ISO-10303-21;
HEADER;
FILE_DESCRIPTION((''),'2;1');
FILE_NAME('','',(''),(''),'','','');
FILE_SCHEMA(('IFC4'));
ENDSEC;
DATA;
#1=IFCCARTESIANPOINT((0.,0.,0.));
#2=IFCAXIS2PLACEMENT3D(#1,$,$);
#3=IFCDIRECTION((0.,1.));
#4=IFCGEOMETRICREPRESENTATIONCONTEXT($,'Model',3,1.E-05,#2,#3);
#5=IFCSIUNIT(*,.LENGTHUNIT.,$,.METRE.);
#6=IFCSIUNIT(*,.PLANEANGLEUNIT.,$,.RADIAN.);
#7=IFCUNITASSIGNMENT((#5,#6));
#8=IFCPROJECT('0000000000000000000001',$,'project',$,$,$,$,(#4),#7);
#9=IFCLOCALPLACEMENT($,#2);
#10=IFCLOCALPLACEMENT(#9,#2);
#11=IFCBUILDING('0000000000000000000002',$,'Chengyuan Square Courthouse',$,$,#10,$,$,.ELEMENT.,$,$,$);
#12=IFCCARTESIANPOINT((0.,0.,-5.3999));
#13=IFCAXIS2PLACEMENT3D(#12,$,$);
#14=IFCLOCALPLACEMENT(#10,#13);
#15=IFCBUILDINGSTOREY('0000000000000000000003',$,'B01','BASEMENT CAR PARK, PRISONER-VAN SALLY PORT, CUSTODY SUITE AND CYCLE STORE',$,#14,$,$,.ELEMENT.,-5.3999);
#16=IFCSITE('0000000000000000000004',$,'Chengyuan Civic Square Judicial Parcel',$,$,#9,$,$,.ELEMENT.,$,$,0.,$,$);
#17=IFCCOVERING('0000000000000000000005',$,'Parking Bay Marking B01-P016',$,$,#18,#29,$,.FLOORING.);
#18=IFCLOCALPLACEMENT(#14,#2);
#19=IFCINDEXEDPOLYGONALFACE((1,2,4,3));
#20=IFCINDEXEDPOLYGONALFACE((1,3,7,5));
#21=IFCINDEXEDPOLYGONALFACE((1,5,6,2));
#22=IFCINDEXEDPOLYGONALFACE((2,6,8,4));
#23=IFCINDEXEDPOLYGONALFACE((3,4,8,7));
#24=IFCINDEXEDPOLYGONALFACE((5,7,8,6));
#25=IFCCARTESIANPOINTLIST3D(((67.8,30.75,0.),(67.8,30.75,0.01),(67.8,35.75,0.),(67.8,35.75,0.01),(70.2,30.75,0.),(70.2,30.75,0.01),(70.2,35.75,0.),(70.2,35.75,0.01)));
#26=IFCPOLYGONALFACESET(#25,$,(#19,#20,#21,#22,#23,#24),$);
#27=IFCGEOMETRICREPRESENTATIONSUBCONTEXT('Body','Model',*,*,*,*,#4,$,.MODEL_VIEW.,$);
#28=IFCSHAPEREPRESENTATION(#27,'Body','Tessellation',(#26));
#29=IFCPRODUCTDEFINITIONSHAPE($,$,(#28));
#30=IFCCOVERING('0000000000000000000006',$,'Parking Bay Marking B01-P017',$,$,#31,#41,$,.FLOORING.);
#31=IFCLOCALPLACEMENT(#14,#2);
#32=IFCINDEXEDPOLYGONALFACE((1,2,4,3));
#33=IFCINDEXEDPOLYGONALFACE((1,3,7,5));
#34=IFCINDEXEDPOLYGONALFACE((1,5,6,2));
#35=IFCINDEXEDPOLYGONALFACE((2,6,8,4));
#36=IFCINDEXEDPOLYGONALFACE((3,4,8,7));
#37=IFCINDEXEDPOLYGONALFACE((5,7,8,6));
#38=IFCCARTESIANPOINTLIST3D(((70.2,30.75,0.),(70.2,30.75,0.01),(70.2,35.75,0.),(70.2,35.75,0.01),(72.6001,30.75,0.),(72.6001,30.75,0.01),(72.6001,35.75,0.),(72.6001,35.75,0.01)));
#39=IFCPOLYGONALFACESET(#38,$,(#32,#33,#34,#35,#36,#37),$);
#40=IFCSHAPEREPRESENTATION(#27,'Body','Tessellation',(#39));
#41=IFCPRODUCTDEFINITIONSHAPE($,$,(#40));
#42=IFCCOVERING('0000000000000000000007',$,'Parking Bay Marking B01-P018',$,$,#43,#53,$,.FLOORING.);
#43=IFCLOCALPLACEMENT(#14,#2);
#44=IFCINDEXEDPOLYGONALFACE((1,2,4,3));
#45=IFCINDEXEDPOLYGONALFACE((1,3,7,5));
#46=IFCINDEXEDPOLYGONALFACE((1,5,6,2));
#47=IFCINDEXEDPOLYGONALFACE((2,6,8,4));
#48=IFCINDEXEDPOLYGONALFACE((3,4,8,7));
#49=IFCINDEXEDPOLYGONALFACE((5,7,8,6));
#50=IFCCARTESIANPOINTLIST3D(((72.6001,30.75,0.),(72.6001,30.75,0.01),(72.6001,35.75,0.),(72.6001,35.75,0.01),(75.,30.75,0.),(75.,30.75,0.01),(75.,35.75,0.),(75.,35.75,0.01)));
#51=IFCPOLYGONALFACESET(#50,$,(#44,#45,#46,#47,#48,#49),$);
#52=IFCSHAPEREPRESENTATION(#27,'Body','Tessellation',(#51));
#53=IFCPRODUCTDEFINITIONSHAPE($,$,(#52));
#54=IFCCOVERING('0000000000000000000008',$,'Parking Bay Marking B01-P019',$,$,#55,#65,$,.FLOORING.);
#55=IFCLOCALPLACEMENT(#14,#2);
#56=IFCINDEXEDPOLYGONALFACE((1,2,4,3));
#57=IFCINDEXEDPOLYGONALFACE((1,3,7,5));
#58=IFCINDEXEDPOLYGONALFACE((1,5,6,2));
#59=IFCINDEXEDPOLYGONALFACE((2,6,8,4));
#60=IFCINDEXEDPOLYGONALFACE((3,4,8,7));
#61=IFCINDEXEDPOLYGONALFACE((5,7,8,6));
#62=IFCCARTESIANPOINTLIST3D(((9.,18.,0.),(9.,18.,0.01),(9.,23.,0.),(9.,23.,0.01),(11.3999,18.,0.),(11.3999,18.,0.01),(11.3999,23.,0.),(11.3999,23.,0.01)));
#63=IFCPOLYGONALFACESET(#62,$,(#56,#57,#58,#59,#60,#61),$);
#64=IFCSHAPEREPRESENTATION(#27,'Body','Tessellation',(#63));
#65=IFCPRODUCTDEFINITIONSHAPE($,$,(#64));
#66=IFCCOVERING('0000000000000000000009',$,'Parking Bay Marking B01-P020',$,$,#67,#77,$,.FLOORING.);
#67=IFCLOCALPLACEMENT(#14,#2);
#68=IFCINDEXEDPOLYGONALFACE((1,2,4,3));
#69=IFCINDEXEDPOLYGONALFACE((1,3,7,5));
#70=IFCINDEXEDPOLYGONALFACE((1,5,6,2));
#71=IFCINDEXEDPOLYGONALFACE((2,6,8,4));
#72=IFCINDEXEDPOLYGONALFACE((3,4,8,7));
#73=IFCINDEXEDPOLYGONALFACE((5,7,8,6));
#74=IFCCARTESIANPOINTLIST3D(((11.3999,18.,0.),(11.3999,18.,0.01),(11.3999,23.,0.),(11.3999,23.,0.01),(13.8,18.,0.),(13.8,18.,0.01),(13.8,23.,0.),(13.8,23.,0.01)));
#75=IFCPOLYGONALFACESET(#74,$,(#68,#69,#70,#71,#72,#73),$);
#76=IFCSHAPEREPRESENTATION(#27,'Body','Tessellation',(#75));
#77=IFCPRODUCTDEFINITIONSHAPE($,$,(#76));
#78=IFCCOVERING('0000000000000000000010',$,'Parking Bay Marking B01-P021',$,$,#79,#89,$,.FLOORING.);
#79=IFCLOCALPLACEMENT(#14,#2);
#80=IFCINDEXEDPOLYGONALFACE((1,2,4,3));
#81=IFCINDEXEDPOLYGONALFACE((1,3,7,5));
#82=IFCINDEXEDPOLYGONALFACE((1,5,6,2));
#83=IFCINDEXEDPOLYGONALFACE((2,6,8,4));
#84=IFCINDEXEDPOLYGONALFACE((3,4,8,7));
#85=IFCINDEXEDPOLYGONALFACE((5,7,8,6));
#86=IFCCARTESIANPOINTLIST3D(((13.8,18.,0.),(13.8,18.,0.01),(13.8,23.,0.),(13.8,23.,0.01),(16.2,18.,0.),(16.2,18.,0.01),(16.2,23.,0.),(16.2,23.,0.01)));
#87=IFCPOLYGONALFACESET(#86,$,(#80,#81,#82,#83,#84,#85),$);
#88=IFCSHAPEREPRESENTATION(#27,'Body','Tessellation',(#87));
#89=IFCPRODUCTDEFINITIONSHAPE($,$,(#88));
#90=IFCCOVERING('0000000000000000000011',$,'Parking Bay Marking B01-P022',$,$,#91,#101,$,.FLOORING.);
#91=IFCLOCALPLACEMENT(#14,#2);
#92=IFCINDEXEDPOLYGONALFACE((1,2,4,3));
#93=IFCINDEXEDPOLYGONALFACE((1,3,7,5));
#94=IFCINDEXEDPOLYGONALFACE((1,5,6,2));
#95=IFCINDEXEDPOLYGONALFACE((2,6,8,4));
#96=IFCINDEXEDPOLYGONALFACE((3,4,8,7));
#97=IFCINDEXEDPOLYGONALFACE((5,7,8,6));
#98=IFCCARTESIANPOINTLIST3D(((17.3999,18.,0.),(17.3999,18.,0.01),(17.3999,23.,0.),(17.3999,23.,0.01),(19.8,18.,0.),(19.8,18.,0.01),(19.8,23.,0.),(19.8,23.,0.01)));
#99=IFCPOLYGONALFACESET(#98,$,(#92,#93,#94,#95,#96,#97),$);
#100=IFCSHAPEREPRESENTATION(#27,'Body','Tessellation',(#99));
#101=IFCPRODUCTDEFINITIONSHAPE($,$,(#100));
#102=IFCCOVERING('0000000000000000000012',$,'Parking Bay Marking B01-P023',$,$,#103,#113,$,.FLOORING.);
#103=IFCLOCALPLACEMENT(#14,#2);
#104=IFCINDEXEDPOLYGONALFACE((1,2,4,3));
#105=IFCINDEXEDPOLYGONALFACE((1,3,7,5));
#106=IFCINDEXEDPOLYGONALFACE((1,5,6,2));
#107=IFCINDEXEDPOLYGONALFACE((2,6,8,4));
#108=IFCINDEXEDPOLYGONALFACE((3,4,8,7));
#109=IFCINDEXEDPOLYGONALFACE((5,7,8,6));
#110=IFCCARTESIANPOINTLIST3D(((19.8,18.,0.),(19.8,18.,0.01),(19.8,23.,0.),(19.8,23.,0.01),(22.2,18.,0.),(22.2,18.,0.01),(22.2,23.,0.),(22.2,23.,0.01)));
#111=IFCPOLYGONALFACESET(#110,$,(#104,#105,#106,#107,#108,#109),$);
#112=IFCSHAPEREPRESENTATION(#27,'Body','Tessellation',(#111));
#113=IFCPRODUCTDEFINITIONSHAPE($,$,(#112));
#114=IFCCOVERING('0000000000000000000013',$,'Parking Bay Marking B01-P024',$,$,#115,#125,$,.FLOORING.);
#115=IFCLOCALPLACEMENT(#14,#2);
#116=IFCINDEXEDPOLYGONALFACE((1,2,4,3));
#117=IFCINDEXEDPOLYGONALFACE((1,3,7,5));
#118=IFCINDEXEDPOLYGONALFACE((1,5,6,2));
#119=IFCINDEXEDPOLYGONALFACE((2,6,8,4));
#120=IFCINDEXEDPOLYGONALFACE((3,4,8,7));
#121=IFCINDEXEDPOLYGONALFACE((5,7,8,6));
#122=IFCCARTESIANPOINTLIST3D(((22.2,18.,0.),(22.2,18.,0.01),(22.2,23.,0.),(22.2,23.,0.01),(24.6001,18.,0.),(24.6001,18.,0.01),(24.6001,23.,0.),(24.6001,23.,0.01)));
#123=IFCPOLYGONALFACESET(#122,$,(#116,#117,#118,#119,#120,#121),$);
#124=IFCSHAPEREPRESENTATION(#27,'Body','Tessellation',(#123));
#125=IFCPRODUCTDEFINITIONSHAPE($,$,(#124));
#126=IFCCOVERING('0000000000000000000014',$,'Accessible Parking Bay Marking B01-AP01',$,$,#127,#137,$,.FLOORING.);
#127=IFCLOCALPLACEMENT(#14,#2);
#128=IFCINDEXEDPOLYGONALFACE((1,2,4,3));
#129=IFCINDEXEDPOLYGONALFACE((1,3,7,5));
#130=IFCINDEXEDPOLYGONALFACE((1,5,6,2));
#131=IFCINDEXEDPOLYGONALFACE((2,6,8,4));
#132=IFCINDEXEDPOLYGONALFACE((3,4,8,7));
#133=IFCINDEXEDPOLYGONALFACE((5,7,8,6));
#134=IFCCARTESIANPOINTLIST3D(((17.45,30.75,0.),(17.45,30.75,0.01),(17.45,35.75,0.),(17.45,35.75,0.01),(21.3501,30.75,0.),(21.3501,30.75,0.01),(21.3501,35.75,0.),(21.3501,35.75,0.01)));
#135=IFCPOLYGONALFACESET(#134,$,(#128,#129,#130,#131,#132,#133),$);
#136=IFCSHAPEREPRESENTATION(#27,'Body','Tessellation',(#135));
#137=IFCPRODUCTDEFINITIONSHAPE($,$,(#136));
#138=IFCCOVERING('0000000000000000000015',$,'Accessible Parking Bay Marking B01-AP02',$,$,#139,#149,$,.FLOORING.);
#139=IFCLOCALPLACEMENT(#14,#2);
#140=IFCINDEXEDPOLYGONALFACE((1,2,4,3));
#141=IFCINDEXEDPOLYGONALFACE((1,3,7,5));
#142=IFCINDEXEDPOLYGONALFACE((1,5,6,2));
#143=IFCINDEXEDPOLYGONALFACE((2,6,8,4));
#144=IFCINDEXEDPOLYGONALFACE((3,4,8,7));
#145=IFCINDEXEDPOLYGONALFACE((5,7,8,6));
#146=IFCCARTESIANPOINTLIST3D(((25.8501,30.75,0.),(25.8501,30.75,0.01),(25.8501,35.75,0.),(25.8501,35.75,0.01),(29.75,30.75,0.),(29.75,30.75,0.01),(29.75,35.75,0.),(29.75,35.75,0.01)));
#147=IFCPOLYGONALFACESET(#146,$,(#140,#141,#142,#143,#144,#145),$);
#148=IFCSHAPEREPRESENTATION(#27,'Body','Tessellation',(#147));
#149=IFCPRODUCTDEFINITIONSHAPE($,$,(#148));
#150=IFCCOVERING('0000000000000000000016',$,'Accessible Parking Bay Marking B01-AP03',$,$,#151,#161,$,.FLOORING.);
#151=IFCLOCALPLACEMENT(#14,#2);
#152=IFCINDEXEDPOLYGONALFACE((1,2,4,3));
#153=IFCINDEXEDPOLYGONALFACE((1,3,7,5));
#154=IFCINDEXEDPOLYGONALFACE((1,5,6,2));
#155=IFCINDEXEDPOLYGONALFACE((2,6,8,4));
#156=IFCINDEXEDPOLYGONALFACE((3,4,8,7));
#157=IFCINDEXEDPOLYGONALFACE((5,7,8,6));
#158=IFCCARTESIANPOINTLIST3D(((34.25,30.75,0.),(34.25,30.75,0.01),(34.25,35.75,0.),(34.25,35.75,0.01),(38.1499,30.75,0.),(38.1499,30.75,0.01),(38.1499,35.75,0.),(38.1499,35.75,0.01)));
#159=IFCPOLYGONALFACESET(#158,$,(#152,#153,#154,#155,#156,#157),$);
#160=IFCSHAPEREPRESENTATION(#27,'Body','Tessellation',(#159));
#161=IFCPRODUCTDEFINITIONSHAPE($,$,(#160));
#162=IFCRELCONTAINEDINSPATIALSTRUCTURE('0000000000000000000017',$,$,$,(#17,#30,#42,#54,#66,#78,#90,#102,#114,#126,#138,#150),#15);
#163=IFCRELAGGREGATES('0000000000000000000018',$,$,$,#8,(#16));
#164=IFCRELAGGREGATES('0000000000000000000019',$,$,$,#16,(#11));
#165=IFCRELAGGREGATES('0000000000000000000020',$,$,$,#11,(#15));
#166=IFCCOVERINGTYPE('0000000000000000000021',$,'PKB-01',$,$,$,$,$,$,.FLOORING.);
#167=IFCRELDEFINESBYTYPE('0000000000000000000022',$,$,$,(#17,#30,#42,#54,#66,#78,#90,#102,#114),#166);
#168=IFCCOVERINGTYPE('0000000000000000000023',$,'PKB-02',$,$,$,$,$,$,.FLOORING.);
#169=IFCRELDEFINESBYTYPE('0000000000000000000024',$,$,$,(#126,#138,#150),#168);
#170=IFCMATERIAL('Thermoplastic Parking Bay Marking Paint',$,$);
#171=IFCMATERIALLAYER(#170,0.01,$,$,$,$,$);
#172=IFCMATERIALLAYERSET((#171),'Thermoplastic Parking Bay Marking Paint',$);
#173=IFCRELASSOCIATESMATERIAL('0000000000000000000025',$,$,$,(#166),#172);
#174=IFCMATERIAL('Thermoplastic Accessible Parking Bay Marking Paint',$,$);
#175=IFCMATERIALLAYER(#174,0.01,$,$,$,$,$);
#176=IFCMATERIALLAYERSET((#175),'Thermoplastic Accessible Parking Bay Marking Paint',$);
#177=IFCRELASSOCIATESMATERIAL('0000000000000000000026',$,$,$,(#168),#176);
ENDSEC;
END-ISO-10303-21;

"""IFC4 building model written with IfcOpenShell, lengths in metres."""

from ifc_helpers import new_model, si_unit, direction, frame, origin, place, context, subcontext, project, spatial, polyline, outline, extrude, material, layer, layer_set, type_object, element, save


model = new_model("IFC4")

# Units and contexts
model_context = context("Model", 3, precision=1e-05, world=origin(), true_north=direction((0.0, 1.0)))
body_context = subcontext(model_context, "Body", "Model", "MODEL_VIEW")
ifc_project = project(units=[si_unit("LENGTHUNIT", "METRE"), si_unit("PLANEANGLEUNIT", "RADIAN")], contexts=[model_context])

# Site, building, storey
site_placement = place(None, origin())
site = spatial("IfcSite", under=ifc_project, at=site_placement, Name="Chengyuan Civic Square Judicial Parcel", CompositionType="ELEMENT", RefElevation=0.0)
building_placement = place(site_placement, origin())
building = spatial("IfcBuilding", under=site, at=building_placement, Name="Chengyuan Square Courthouse", CompositionType="ELEMENT")
storey_placement = place(building_placement, frame((0.0, 0.0, -5.3999)))
storey = spatial("IfcBuildingStorey", under=building, at=storey_placement, Name="B01", Description="BASEMENT CAR PARK, PRISONER-VAN SALLY PORT, CUSTODY SUITE AND CYCLE STORE", CompositionType="ELEMENT", Elevation=-5.3999)

# Coverings
ifc_material_1 = material(Name="Thermoplastic Parking Bay Marking Paint")
ifc_layer_1 = layer(ifc_material_1, 0.01)
ifc_layer_set_1 = layer_set([ifc_layer_1], Name="Thermoplastic Parking Bay Marking Paint")
covering_type_1 = type_object("IfcCoveringType", Name="PKB-01", PredefinedType="FLOORING", material=ifc_layer_set_1)
covering_1_placement = place(storey_placement, origin())
element("IfcCovering", 1, at=covering_1_placement, inside=storey, type_object=covering_type_1, Name="Parking Bay Marking B01-P016", PredefinedType="FLOORING", context=body_context, shape_type="SweptSolid", body=[
    extrude(outline(polyline([(67.8, 30.75), (70.2, 30.75), (70.2, 35.75), (67.8, 35.75), (67.8, 30.75)])), origin(), (0.0, 0.0, 1.0), 0.01),
])
covering_2_placement = place(storey_placement, origin())
element("IfcCovering", 2, at=covering_2_placement, inside=storey, type_object=covering_type_1, Name="Parking Bay Marking B01-P017", PredefinedType="FLOORING", context=body_context, shape_type="SweptSolid", body=[
    extrude(outline(polyline([(70.2, 30.75), (72.6001, 30.75), (72.6001, 35.75), (70.2, 35.75), (70.2, 30.75)])), origin(), (0.0, 0.0, 1.0), 0.01),
])
covering_3_placement = place(storey_placement, origin())
element("IfcCovering", 3, at=covering_3_placement, inside=storey, type_object=covering_type_1, Name="Parking Bay Marking B01-P018", PredefinedType="FLOORING", context=body_context, shape_type="SweptSolid", body=[
    extrude(outline(polyline([(72.6001, 30.75), (75.0, 30.75), (75.0, 35.75), (72.6001, 35.75), (72.6001, 30.75)])), origin(), (0.0, 0.0, 1.0), 0.01),
])
covering_4_placement = place(storey_placement, origin())
element("IfcCovering", 4, at=covering_4_placement, inside=storey, type_object=covering_type_1, Name="Parking Bay Marking B01-P019", PredefinedType="FLOORING", context=body_context, shape_type="SweptSolid", body=[
    extrude(outline(polyline([(9.0, 18.0), (11.3999, 18.0), (11.3999, 23.0), (9.0, 23.0), (9.0, 18.0)])), origin(), (0.0, 0.0, 1.0), 0.01),
])
covering_5_placement = place(storey_placement, origin())
element("IfcCovering", 5, at=covering_5_placement, inside=storey, type_object=covering_type_1, Name="Parking Bay Marking B01-P020", PredefinedType="FLOORING", context=body_context, shape_type="SweptSolid", body=[
    extrude(outline(polyline([(11.3999, 18.0), (13.8, 18.0), (13.8, 23.0), (11.3999, 23.0), (11.3999, 18.0)])), origin(), (0.0, 0.0, 1.0), 0.01),
])
covering_6_placement = place(storey_placement, origin())
element("IfcCovering", 6, at=covering_6_placement, inside=storey, type_object=covering_type_1, Name="Parking Bay Marking B01-P021", PredefinedType="FLOORING", context=body_context, shape_type="SweptSolid", body=[
    extrude(outline(polyline([(13.8, 18.0), (16.2, 18.0), (16.2, 23.0), (13.8, 23.0), (13.8, 18.0)])), origin(), (0.0, 0.0, 1.0), 0.01),
])
covering_7_placement = place(storey_placement, origin())
element("IfcCovering", 7, at=covering_7_placement, inside=storey, type_object=covering_type_1, Name="Parking Bay Marking B01-P022", PredefinedType="FLOORING", context=body_context, shape_type="SweptSolid", body=[
    extrude(outline(polyline([(17.3999, 18.0), (19.8, 18.0), (19.8, 23.0), (17.3999, 23.0), (17.3999, 18.0)])), origin(), (0.0, 0.0, 1.0), 0.01),
])
covering_8_placement = place(storey_placement, origin())
element("IfcCovering", 8, at=covering_8_placement, inside=storey, type_object=covering_type_1, Name="Parking Bay Marking B01-P023", PredefinedType="FLOORING", context=body_context, shape_type="SweptSolid", body=[
    extrude(outline(polyline([(19.8, 18.0), (22.2, 18.0), (22.2, 23.0), (19.8, 23.0), (19.8, 18.0)])), origin(), (0.0, 0.0, 1.0), 0.01),
])
covering_9_placement = place(storey_placement, origin())
element("IfcCovering", 9, at=covering_9_placement, inside=storey, type_object=covering_type_1, Name="Parking Bay Marking B01-P024", PredefinedType="FLOORING", context=body_context, shape_type="SweptSolid", body=[
    extrude(outline(polyline([(22.2, 18.0), (24.6001, 18.0), (24.6001, 23.0), (22.2, 23.0), (22.2, 18.0)])), origin(), (0.0, 0.0, 1.0), 0.01),
])
ifc_material_2 = material(Name="Thermoplastic Accessible Parking Bay Marking Paint")
ifc_layer_2 = layer(ifc_material_2, 0.01)
ifc_layer_set_2 = layer_set([ifc_layer_2], Name="Thermoplastic Accessible Parking Bay Marking Paint")
covering_type_2 = type_object("IfcCoveringType", Name="PKB-02", PredefinedType="FLOORING", material=ifc_layer_set_2)
covering_10_placement = place(storey_placement, origin())
element("IfcCovering", 10, at=covering_10_placement, inside=storey, type_object=covering_type_2, Name="Accessible Parking Bay Marking B01-AP01", PredefinedType="FLOORING", context=body_context, shape_type="SweptSolid", body=[
    extrude(outline(polyline([(17.45, 30.75), (21.3501, 30.75), (21.3501, 35.75), (17.45, 35.75), (17.45, 30.75)])), origin(), (0.0, 0.0, 1.0), 0.01),
])
covering_11_placement = place(storey_placement, origin())
element("IfcCovering", 11, at=covering_11_placement, inside=storey, type_object=covering_type_2, Name="Accessible Parking Bay Marking B01-AP02", PredefinedType="FLOORING", context=body_context, shape_type="SweptSolid", body=[
    extrude(outline(polyline([(25.8501, 30.75), (29.75, 30.75), (29.75, 35.75), (25.8501, 35.75), (25.8501, 30.75)])), origin(), (0.0, 0.0, 1.0), 0.01),
])
covering_12_placement = place(storey_placement, origin())
element("IfcCovering", 12, at=covering_12_placement, inside=storey, type_object=covering_type_2, Name="Accessible Parking Bay Marking B01-AP03", PredefinedType="FLOORING", context=body_context, shape_type="SweptSolid", body=[
    extrude(outline(polyline([(34.25, 30.75), (38.1499, 30.75), (38.1499, 35.75), (34.25, 35.75), (34.25, 30.75)])), origin(), (0.0, 0.0, 1.0), 0.01),
])

save(model, "model.ifc")
